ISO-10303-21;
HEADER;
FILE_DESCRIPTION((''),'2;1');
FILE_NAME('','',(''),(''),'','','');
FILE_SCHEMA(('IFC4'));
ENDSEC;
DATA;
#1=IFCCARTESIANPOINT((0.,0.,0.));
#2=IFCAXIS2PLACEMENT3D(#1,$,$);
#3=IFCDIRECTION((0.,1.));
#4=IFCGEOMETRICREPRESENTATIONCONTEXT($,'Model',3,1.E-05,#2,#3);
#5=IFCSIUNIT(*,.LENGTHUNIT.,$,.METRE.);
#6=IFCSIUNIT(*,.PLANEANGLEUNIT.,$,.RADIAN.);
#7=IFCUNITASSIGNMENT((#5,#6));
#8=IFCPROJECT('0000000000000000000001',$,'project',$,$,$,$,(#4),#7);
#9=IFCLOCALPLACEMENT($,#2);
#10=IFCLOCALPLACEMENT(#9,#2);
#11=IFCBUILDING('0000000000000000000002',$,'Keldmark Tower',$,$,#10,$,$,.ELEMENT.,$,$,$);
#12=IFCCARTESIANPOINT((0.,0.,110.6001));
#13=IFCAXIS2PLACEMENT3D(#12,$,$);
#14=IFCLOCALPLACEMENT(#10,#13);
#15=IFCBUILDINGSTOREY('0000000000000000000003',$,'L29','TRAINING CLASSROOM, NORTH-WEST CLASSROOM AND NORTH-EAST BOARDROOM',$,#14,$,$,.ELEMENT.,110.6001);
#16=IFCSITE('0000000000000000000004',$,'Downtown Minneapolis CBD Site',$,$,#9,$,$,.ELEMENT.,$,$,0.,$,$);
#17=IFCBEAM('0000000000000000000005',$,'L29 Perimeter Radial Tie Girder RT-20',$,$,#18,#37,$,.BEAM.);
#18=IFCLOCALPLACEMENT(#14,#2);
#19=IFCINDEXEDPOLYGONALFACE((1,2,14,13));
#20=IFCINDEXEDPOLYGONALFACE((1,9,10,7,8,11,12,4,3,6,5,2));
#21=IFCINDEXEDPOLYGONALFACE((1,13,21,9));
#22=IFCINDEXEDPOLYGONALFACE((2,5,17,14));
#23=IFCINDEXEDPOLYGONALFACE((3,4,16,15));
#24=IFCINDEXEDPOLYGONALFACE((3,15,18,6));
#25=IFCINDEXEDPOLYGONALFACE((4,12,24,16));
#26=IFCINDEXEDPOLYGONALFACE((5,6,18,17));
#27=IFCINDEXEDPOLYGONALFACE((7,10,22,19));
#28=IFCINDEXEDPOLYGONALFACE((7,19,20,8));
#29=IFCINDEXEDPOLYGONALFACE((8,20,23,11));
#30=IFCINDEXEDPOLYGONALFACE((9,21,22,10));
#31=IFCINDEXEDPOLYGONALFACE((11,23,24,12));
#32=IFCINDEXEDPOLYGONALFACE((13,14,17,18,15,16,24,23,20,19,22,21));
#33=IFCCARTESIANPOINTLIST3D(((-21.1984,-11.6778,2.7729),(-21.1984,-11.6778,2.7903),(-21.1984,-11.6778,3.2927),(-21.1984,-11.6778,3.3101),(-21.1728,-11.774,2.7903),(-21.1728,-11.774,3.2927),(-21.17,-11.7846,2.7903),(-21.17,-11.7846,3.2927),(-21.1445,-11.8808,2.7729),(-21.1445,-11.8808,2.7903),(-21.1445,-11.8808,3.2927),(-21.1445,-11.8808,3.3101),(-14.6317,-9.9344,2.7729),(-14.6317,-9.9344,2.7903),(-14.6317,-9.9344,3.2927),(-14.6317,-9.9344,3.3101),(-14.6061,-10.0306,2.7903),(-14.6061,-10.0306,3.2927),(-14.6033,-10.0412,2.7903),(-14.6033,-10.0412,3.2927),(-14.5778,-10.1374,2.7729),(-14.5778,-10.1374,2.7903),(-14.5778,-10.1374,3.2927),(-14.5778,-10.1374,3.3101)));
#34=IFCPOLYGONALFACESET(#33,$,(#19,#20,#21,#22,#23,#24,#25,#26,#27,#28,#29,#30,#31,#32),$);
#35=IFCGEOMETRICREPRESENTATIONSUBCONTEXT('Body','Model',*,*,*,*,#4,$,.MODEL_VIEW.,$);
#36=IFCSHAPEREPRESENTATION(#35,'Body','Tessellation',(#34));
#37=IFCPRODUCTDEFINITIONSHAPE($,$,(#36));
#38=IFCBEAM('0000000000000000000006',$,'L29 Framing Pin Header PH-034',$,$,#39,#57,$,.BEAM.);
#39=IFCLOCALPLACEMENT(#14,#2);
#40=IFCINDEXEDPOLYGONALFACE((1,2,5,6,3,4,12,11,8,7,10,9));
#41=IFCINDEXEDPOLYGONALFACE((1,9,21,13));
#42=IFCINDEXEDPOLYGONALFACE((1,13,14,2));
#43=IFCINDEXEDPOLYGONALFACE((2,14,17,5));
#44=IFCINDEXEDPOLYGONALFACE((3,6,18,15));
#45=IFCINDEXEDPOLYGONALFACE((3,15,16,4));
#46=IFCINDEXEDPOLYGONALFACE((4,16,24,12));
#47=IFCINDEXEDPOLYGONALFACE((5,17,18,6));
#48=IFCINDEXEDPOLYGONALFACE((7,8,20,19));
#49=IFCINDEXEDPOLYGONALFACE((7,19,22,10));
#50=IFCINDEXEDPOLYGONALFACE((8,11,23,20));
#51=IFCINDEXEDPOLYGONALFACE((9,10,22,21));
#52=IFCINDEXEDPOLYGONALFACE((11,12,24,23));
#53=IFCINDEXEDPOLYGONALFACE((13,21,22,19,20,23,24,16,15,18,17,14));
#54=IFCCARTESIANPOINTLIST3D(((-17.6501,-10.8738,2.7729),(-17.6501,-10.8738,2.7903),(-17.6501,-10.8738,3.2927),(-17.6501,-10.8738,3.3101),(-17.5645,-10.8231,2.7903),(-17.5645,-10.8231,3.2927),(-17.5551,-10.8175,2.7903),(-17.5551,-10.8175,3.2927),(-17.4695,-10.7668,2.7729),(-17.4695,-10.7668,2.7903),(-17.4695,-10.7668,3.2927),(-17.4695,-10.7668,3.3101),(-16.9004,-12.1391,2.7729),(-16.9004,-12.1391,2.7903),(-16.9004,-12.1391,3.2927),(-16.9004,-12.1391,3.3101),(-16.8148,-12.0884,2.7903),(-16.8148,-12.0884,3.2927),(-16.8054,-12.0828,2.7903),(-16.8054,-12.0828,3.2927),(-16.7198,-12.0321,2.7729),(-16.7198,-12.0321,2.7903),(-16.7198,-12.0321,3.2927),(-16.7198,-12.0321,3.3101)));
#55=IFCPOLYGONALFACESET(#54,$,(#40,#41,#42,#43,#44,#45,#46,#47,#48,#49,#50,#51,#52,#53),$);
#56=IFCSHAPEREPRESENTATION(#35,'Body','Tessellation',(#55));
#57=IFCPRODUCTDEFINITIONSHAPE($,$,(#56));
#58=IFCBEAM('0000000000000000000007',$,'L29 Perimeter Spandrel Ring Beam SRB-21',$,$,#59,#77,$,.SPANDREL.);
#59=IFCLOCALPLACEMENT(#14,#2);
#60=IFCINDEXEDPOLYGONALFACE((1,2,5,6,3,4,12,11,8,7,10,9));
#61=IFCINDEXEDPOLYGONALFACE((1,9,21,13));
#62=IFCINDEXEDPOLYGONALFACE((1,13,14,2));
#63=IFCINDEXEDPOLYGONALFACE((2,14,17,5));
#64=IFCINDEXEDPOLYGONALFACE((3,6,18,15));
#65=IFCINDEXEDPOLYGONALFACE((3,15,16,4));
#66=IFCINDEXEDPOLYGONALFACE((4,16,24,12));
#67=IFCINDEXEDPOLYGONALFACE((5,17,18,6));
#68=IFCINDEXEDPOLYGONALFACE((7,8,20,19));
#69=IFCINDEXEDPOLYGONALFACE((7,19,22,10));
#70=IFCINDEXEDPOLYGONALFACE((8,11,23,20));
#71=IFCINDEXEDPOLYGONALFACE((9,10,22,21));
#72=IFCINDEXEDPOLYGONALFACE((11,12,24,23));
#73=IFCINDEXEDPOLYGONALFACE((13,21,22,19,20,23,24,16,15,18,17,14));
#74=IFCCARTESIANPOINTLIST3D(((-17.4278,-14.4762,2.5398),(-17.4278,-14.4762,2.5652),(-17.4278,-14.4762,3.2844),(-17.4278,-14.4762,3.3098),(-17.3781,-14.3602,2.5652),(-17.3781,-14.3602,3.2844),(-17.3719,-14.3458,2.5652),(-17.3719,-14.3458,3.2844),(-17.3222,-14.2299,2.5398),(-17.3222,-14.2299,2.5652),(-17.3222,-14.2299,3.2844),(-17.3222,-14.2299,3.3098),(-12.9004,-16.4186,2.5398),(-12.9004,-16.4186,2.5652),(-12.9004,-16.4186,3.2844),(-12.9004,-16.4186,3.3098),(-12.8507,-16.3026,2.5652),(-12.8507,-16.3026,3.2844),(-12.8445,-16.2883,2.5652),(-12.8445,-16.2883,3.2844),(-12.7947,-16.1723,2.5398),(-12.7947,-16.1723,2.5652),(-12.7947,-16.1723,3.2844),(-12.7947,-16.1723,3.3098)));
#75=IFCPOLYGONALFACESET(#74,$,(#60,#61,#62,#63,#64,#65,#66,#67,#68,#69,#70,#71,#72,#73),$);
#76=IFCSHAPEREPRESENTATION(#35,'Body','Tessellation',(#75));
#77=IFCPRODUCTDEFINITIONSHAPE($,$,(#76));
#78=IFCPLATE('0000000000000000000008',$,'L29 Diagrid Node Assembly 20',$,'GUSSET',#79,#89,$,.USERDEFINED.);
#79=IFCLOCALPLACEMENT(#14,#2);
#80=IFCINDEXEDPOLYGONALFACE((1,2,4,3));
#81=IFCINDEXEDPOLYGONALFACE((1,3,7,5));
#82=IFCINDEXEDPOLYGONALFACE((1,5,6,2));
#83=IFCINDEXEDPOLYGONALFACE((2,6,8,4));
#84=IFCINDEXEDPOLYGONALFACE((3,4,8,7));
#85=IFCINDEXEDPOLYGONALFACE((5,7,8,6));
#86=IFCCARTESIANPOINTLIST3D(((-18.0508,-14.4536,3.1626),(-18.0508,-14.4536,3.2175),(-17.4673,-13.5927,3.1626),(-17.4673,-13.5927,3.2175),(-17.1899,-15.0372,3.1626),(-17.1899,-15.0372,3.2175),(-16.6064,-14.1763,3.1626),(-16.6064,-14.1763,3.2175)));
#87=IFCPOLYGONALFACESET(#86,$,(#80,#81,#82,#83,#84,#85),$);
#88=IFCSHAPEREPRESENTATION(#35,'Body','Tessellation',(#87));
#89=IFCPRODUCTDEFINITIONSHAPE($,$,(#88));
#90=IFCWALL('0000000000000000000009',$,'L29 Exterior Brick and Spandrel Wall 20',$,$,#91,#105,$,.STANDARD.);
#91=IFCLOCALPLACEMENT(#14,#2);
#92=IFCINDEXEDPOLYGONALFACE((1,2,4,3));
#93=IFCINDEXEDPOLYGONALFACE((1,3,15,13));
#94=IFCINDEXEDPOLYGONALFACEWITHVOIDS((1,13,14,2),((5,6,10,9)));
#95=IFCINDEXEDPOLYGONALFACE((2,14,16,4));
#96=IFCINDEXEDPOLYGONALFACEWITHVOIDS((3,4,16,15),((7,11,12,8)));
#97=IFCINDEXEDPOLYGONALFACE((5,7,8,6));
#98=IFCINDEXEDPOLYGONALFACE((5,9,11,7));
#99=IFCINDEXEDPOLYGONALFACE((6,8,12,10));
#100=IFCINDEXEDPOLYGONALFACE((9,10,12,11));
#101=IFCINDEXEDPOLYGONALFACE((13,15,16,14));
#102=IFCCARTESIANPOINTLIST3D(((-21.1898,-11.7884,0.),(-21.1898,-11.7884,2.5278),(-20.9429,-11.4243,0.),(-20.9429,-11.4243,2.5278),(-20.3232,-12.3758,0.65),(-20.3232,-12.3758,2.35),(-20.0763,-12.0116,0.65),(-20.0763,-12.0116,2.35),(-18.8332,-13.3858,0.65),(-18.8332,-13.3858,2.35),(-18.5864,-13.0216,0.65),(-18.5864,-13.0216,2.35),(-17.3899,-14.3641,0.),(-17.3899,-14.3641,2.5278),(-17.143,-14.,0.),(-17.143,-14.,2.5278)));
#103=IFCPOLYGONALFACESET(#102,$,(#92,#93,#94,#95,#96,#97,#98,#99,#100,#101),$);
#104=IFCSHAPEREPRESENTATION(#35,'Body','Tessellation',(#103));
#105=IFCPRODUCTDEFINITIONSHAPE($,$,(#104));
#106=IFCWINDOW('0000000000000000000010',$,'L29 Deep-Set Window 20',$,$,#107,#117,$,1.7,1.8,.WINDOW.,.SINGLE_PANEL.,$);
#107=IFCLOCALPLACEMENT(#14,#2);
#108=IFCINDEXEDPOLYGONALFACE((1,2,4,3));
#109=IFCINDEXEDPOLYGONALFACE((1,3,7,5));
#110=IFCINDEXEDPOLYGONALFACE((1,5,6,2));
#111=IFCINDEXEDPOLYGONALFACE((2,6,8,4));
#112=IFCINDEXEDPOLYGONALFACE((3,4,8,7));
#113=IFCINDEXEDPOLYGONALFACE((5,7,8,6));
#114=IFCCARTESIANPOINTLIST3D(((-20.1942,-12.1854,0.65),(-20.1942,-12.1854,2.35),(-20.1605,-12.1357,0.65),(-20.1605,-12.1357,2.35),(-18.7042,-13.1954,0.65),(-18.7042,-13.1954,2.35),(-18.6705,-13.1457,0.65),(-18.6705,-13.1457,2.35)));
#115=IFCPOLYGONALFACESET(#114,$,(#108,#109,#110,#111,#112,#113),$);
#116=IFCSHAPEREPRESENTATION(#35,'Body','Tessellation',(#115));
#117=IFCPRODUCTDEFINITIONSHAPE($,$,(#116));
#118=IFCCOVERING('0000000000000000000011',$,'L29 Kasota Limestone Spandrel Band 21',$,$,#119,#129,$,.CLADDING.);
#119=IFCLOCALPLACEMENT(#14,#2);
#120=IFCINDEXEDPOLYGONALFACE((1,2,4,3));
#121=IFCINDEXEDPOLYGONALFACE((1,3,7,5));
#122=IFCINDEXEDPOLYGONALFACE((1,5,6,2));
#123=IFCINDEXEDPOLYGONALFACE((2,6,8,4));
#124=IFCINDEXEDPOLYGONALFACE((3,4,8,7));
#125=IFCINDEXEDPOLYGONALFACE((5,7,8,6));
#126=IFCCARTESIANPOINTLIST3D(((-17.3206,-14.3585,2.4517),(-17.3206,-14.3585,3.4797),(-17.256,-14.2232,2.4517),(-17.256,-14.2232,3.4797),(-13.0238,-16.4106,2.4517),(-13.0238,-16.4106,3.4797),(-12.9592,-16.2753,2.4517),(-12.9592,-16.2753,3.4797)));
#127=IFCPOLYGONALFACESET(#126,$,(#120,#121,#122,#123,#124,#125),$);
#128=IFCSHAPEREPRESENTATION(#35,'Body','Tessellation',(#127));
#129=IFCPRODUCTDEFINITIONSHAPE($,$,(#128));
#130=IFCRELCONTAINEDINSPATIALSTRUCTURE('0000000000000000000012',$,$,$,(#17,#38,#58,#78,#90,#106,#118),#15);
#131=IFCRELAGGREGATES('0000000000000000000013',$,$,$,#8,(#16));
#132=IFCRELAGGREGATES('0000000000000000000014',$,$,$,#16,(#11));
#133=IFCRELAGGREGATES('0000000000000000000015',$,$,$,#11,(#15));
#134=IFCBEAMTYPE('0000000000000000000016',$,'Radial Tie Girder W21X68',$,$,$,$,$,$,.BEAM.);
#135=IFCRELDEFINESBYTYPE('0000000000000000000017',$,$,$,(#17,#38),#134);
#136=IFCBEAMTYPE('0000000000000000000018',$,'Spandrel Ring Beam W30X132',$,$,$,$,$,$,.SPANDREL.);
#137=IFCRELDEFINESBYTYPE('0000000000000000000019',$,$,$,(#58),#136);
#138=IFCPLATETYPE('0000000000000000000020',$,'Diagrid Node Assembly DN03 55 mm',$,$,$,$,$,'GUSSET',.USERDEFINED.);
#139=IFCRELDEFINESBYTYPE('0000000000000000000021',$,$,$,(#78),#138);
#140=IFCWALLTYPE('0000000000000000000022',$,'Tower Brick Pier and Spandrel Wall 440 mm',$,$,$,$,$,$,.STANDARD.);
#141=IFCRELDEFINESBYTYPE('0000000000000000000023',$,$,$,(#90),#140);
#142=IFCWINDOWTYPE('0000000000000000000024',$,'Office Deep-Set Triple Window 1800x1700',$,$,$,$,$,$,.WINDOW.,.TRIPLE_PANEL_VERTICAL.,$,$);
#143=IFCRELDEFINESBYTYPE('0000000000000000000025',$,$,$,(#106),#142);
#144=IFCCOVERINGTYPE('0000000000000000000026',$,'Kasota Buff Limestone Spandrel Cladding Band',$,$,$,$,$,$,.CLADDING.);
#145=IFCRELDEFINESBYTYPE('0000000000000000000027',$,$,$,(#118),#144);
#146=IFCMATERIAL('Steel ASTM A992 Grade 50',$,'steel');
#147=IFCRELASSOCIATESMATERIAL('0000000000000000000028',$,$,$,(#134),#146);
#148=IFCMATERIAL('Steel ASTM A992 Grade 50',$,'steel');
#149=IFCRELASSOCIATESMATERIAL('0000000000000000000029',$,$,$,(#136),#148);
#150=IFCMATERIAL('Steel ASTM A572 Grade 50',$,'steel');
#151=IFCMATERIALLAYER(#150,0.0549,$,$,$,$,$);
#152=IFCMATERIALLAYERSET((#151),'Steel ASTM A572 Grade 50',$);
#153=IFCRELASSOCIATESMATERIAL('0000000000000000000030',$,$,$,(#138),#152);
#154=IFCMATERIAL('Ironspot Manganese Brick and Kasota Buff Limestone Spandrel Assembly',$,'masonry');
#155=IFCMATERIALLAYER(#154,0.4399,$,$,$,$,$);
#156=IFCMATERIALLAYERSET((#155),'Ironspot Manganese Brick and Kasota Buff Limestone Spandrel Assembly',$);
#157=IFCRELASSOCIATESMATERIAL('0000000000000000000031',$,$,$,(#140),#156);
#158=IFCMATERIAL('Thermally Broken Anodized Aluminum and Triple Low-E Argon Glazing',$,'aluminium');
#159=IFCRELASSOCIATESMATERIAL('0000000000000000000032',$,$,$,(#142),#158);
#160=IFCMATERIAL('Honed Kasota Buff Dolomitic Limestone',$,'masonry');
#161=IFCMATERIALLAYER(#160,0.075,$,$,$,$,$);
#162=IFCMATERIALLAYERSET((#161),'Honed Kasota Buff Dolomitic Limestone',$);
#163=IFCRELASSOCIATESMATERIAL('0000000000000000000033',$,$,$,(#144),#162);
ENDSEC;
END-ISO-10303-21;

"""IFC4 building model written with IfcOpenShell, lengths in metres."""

from ifc_helpers import new_model, si_unit, direction, frame, frame_2d, origin, origin_2d, place, context, subcontext, project, spatial, rectangle, i_section, extrude, material, layer, layer_set, material_profile, profile_set, type_object, element, fill, save


model = new_model("IFC4")

# Units and contexts
model_context = context("Model", 3, precision=1e-05, world=origin(), true_north=direction((0.0, 1.0)))
body_context = subcontext(model_context, "Body", "Model", "MODEL_VIEW")
ifc_project = project(units=[si_unit("LENGTHUNIT", "METRE"), si_unit("PLANEANGLEUNIT", "RADIAN")], contexts=[model_context])

# Site, building, storey
site_placement = place(None, origin())
site = spatial("IfcSite", under=ifc_project, at=site_placement, Name="Downtown Minneapolis CBD Site", CompositionType="ELEMENT", RefElevation=0.0)
building_placement = place(site_placement, origin())
building = spatial("IfcBuilding", under=site, at=building_placement, Name="Keldmark Tower", CompositionType="ELEMENT")
storey_placement = place(building_placement, frame((0.0, 0.0, 110.6001)))
storey = spatial("IfcBuildingStorey", under=building, at=storey_placement, Name="L29", Description="TRAINING CLASSROOM, NORTH-WEST CLASSROOM AND NORTH-EAST BOARDROOM", CompositionType="ELEMENT", Elevation=110.6001)

# Beams
ifc_material_1 = material(Name="Steel ASTM A992 Grade 50", Category="steel")
ifc_material_profile_1 = material_profile(ifc_material_1, i_section(OverallWidth=0.21, OverallDepth=0.5371, WebThickness=0.011, FlangeThickness=0.0173, at=origin_2d()), Name="W21X68")
ifc_profile_set_1 = profile_set([ifc_material_profile_1], Name="Steel ASTM A992 Grade 50")
beam_type_1 = type_object("IfcBeamType", Name="Radial Tie Girder W21X68", PredefinedType="BEAM", material=ifc_profile_set_1)
beam_1_placement = place(storey_placement, frame((-14.6047, -10.0359, 3.0415), z_axis=(-0.966516, -0.256605, 0.0), x_axis=(0.256605, -0.966516, 0.0)))
element("IfcBeam", 1, at=beam_1_placement, inside=storey, type_object=beam_type_1, Name="L29 Perimeter Radial Tie Girder RT-20", PredefinedType="BEAM", context=body_context, shape_type="SweptSolid", body=[
    extrude(i_section(OverallWidth=0.21, OverallDepth=0.5371, WebThickness=0.011, FlangeThickness=0.0173, at=origin_2d()), origin(), (0.0, 0.0, 1.0), 6.7942),
])
beam_2_placement = place(storey_placement, frame((-17.5598, -10.8203, 3.0415), z_axis=(0.509752, -0.860321, 0.0), x_axis=(0.860321, 0.509752, 0.0)))
element("IfcBeam", 2, at=beam_2_placement, inside=storey, type_object=beam_type_1, Name="L29 Framing Pin Header PH-034", PredefinedType="BEAM", context=body_context, shape_type="SweptSolid", body=[
    extrude(i_section(OverallWidth=0.21, OverallDepth=0.5371, WebThickness=0.011, FlangeThickness=0.0173, at=origin_2d()), origin(), (0.0, 0.0, 1.0), 1.4707),
])
ifc_material_2 = material(Name="Steel ASTM A992 Grade 50", Category="steel")
ifc_material_profile_2 = material_profile(ifc_material_2, i_section(OverallWidth=0.2681, OverallDepth=0.77, WebThickness=0.0156, FlangeThickness=0.0254, at=origin_2d()), Name="W30X132")
ifc_profile_set_2 = profile_set([ifc_material_profile_2], Name="Steel ASTM A992 Grade 50")
beam_type_2 = type_object("IfcBeamType", Name="Spandrel Ring Beam W30X132", PredefinedType="SPANDREL", material=ifc_profile_set_2)
beam_3_placement = place(storey_placement, frame((-17.375, -14.353, 2.9248), z_axis=(0.918991, -0.394278, 0.0), x_axis=(0.394278, 0.918991, 0.0)))
element("IfcBeam", 3, at=beam_3_placement, inside=storey, type_object=beam_type_2, Name="L29 Perimeter Spandrel Ring Beam SRB-21", PredefinedType="SPANDREL", context=body_context, shape_type="SweptSolid", body=[
    extrude(i_section(OverallWidth=0.2681, OverallDepth=0.77, WebThickness=0.0156, FlangeThickness=0.0254, at=origin_2d()), origin(), (0.0, 0.0, 1.0), 4.9265),
])

# Plate
ifc_material_3 = material(Name="Steel ASTM A572 Grade 50", Category="steel")
ifc_layer_1 = layer(ifc_material_3, 0.0549)
ifc_layer_set_1 = layer_set([ifc_layer_1], Name="Steel ASTM A572 Grade 50")
plate_type = type_object("IfcPlateType", Name="Diagrid Node Assembly DN03 55 mm", ElementType="GUSSET", PredefinedType="USERDEFINED", material=ifc_layer_set_1)
plate_placement = place(storey_placement, frame((-17.3286, -14.3149, 3.1626), z_axis=(0.0, 0.0, 1.0), x_axis=(0.827767, -0.561072, 0.0)))
element("IfcPlate", 4, at=plate_placement, inside=storey, type_object=plate_type, Name="L29 Diagrid Node Assembly 20", ObjectType="GUSSET", PredefinedType="USERDEFINED", context=body_context, shape_type="SweptSolid", body=[
    extrude(rectangle(XDim=1.04, YDim=1.04, at=origin_2d()), origin(), (0.0, 0.0, 1.0), 0.0549),
])

# Wall, opening, window
ifc_material_4 = material(Name="Ironspot Manganese Brick and Kasota Buff Limestone Spandrel Assembly", Category="masonry")
ifc_layer_2 = layer(ifc_material_4, 0.4399)
ifc_layer_set_2 = layer_set([ifc_layer_2], Name="Ironspot Manganese Brick and Kasota Buff Limestone Spandrel Assembly")
wall_type = type_object("IfcWallType", Name="Tower Brick Pier and Spandrel Wall 440 mm", PredefinedType="STANDARD", material=ifc_layer_set_2)
wall_placement = place(storey_placement, frame((-17.2664, -14.1821, 0.0), z_axis=(0.0, 0.0, 1.0), x_axis=(-0.827755, 0.56109, 0.0)))
wall = element("IfcWall", 5, at=wall_placement, inside=storey, type_object=wall_type, Name="L29 Exterior Brick and Spandrel Wall 20", PredefinedType="STANDARD", context=body_context, shape_type="SweptSolid", body=[
    extrude(rectangle(XDim=4.5906, YDim=0.4399, at=frame_2d((2.2954, 0.0))), origin(), (0.0, 0.0, 1.0), 2.5278),
])
opening_placement = place(wall_placement, frame((1.7439, 0.0, 0.6499)))
opening = element("IfcOpeningElement", 6, at=opening_placement, cuts=wall, PredefinedType="OPENING", context=body_context, shape_type="SweptSolid", body=[
    extrude(rectangle(XDim=1.8, YDim=1.7, at=frame_2d((0.8999, 0.8501))), frame((0.0, 0.23, 0.0), z_axis=(0.0, -1.0, 0.0), x_axis=(1.0, 0.0, 0.0)), (0.0, 0.0, 1.0), 0.46),
])
ifc_material_5 = material(Name="Thermally Broken Anodized Aluminum and Triple Low-E Argon Glazing", Category="aluminium")
window_type = type_object("IfcWindowType", Name="Office Deep-Set Triple Window 1800x1700", PartitioningType="TRIPLE_PANEL_VERTICAL", PredefinedType="WINDOW", material=ifc_material_5)
window_placement = place(opening_placement, origin())
window = element("IfcWindow", 7, at=window_placement, inside=storey, type_object=window_type, Name="L29 Deep-Set Window 20", OverallHeight=1.7, OverallWidth=1.8, PartitioningType="SINGLE_PANEL", PredefinedType="WINDOW", context=body_context, shape_type="SweptSolid", body=[
    extrude(rectangle(XDim=1.8, YDim=1.7, at=frame_2d((0.8999, 0.8501))), frame((0.0, -0.01, 0.0), z_axis=(0.0, -1.0, 0.0), x_axis=(1.0, 0.0, 0.0)), (0.0, 0.0, 1.0), 0.0601),
])
fill(opening, window)

# Covering
ifc_material_6 = material(Name="Honed Kasota Buff Dolomitic Limestone", Category="masonry")
ifc_layer_3 = layer(ifc_material_6, 0.075)
ifc_layer_set_3 = layer_set([ifc_layer_3], Name="Honed Kasota Buff Dolomitic Limestone")
covering_type = type_object("IfcCoveringType", Name="Kasota Buff Limestone Spandrel Cladding Band", PredefinedType="CLADDING", material=ifc_layer_set_3)
covering_placement = place(storey_placement, frame((-15.1399, -15.3169, 2.4517), z_axis=(0.0, 0.0, 1.0), x_axis=(0.902367, -0.430968, 0.0)))
element("IfcCovering", 8, at=covering_placement, inside=storey, type_object=covering_type, Name="L29 Kasota Limestone Spandrel Band 21", PredefinedType="CLADDING", context=body_context, shape_type="SweptSolid", body=[
    extrude(rectangle(XDim=4.7617, YDim=0.1499, at=origin_2d()), origin(), (0.0, 0.0, 1.0), 1.0281),
])

save(model, "model.ifc")
